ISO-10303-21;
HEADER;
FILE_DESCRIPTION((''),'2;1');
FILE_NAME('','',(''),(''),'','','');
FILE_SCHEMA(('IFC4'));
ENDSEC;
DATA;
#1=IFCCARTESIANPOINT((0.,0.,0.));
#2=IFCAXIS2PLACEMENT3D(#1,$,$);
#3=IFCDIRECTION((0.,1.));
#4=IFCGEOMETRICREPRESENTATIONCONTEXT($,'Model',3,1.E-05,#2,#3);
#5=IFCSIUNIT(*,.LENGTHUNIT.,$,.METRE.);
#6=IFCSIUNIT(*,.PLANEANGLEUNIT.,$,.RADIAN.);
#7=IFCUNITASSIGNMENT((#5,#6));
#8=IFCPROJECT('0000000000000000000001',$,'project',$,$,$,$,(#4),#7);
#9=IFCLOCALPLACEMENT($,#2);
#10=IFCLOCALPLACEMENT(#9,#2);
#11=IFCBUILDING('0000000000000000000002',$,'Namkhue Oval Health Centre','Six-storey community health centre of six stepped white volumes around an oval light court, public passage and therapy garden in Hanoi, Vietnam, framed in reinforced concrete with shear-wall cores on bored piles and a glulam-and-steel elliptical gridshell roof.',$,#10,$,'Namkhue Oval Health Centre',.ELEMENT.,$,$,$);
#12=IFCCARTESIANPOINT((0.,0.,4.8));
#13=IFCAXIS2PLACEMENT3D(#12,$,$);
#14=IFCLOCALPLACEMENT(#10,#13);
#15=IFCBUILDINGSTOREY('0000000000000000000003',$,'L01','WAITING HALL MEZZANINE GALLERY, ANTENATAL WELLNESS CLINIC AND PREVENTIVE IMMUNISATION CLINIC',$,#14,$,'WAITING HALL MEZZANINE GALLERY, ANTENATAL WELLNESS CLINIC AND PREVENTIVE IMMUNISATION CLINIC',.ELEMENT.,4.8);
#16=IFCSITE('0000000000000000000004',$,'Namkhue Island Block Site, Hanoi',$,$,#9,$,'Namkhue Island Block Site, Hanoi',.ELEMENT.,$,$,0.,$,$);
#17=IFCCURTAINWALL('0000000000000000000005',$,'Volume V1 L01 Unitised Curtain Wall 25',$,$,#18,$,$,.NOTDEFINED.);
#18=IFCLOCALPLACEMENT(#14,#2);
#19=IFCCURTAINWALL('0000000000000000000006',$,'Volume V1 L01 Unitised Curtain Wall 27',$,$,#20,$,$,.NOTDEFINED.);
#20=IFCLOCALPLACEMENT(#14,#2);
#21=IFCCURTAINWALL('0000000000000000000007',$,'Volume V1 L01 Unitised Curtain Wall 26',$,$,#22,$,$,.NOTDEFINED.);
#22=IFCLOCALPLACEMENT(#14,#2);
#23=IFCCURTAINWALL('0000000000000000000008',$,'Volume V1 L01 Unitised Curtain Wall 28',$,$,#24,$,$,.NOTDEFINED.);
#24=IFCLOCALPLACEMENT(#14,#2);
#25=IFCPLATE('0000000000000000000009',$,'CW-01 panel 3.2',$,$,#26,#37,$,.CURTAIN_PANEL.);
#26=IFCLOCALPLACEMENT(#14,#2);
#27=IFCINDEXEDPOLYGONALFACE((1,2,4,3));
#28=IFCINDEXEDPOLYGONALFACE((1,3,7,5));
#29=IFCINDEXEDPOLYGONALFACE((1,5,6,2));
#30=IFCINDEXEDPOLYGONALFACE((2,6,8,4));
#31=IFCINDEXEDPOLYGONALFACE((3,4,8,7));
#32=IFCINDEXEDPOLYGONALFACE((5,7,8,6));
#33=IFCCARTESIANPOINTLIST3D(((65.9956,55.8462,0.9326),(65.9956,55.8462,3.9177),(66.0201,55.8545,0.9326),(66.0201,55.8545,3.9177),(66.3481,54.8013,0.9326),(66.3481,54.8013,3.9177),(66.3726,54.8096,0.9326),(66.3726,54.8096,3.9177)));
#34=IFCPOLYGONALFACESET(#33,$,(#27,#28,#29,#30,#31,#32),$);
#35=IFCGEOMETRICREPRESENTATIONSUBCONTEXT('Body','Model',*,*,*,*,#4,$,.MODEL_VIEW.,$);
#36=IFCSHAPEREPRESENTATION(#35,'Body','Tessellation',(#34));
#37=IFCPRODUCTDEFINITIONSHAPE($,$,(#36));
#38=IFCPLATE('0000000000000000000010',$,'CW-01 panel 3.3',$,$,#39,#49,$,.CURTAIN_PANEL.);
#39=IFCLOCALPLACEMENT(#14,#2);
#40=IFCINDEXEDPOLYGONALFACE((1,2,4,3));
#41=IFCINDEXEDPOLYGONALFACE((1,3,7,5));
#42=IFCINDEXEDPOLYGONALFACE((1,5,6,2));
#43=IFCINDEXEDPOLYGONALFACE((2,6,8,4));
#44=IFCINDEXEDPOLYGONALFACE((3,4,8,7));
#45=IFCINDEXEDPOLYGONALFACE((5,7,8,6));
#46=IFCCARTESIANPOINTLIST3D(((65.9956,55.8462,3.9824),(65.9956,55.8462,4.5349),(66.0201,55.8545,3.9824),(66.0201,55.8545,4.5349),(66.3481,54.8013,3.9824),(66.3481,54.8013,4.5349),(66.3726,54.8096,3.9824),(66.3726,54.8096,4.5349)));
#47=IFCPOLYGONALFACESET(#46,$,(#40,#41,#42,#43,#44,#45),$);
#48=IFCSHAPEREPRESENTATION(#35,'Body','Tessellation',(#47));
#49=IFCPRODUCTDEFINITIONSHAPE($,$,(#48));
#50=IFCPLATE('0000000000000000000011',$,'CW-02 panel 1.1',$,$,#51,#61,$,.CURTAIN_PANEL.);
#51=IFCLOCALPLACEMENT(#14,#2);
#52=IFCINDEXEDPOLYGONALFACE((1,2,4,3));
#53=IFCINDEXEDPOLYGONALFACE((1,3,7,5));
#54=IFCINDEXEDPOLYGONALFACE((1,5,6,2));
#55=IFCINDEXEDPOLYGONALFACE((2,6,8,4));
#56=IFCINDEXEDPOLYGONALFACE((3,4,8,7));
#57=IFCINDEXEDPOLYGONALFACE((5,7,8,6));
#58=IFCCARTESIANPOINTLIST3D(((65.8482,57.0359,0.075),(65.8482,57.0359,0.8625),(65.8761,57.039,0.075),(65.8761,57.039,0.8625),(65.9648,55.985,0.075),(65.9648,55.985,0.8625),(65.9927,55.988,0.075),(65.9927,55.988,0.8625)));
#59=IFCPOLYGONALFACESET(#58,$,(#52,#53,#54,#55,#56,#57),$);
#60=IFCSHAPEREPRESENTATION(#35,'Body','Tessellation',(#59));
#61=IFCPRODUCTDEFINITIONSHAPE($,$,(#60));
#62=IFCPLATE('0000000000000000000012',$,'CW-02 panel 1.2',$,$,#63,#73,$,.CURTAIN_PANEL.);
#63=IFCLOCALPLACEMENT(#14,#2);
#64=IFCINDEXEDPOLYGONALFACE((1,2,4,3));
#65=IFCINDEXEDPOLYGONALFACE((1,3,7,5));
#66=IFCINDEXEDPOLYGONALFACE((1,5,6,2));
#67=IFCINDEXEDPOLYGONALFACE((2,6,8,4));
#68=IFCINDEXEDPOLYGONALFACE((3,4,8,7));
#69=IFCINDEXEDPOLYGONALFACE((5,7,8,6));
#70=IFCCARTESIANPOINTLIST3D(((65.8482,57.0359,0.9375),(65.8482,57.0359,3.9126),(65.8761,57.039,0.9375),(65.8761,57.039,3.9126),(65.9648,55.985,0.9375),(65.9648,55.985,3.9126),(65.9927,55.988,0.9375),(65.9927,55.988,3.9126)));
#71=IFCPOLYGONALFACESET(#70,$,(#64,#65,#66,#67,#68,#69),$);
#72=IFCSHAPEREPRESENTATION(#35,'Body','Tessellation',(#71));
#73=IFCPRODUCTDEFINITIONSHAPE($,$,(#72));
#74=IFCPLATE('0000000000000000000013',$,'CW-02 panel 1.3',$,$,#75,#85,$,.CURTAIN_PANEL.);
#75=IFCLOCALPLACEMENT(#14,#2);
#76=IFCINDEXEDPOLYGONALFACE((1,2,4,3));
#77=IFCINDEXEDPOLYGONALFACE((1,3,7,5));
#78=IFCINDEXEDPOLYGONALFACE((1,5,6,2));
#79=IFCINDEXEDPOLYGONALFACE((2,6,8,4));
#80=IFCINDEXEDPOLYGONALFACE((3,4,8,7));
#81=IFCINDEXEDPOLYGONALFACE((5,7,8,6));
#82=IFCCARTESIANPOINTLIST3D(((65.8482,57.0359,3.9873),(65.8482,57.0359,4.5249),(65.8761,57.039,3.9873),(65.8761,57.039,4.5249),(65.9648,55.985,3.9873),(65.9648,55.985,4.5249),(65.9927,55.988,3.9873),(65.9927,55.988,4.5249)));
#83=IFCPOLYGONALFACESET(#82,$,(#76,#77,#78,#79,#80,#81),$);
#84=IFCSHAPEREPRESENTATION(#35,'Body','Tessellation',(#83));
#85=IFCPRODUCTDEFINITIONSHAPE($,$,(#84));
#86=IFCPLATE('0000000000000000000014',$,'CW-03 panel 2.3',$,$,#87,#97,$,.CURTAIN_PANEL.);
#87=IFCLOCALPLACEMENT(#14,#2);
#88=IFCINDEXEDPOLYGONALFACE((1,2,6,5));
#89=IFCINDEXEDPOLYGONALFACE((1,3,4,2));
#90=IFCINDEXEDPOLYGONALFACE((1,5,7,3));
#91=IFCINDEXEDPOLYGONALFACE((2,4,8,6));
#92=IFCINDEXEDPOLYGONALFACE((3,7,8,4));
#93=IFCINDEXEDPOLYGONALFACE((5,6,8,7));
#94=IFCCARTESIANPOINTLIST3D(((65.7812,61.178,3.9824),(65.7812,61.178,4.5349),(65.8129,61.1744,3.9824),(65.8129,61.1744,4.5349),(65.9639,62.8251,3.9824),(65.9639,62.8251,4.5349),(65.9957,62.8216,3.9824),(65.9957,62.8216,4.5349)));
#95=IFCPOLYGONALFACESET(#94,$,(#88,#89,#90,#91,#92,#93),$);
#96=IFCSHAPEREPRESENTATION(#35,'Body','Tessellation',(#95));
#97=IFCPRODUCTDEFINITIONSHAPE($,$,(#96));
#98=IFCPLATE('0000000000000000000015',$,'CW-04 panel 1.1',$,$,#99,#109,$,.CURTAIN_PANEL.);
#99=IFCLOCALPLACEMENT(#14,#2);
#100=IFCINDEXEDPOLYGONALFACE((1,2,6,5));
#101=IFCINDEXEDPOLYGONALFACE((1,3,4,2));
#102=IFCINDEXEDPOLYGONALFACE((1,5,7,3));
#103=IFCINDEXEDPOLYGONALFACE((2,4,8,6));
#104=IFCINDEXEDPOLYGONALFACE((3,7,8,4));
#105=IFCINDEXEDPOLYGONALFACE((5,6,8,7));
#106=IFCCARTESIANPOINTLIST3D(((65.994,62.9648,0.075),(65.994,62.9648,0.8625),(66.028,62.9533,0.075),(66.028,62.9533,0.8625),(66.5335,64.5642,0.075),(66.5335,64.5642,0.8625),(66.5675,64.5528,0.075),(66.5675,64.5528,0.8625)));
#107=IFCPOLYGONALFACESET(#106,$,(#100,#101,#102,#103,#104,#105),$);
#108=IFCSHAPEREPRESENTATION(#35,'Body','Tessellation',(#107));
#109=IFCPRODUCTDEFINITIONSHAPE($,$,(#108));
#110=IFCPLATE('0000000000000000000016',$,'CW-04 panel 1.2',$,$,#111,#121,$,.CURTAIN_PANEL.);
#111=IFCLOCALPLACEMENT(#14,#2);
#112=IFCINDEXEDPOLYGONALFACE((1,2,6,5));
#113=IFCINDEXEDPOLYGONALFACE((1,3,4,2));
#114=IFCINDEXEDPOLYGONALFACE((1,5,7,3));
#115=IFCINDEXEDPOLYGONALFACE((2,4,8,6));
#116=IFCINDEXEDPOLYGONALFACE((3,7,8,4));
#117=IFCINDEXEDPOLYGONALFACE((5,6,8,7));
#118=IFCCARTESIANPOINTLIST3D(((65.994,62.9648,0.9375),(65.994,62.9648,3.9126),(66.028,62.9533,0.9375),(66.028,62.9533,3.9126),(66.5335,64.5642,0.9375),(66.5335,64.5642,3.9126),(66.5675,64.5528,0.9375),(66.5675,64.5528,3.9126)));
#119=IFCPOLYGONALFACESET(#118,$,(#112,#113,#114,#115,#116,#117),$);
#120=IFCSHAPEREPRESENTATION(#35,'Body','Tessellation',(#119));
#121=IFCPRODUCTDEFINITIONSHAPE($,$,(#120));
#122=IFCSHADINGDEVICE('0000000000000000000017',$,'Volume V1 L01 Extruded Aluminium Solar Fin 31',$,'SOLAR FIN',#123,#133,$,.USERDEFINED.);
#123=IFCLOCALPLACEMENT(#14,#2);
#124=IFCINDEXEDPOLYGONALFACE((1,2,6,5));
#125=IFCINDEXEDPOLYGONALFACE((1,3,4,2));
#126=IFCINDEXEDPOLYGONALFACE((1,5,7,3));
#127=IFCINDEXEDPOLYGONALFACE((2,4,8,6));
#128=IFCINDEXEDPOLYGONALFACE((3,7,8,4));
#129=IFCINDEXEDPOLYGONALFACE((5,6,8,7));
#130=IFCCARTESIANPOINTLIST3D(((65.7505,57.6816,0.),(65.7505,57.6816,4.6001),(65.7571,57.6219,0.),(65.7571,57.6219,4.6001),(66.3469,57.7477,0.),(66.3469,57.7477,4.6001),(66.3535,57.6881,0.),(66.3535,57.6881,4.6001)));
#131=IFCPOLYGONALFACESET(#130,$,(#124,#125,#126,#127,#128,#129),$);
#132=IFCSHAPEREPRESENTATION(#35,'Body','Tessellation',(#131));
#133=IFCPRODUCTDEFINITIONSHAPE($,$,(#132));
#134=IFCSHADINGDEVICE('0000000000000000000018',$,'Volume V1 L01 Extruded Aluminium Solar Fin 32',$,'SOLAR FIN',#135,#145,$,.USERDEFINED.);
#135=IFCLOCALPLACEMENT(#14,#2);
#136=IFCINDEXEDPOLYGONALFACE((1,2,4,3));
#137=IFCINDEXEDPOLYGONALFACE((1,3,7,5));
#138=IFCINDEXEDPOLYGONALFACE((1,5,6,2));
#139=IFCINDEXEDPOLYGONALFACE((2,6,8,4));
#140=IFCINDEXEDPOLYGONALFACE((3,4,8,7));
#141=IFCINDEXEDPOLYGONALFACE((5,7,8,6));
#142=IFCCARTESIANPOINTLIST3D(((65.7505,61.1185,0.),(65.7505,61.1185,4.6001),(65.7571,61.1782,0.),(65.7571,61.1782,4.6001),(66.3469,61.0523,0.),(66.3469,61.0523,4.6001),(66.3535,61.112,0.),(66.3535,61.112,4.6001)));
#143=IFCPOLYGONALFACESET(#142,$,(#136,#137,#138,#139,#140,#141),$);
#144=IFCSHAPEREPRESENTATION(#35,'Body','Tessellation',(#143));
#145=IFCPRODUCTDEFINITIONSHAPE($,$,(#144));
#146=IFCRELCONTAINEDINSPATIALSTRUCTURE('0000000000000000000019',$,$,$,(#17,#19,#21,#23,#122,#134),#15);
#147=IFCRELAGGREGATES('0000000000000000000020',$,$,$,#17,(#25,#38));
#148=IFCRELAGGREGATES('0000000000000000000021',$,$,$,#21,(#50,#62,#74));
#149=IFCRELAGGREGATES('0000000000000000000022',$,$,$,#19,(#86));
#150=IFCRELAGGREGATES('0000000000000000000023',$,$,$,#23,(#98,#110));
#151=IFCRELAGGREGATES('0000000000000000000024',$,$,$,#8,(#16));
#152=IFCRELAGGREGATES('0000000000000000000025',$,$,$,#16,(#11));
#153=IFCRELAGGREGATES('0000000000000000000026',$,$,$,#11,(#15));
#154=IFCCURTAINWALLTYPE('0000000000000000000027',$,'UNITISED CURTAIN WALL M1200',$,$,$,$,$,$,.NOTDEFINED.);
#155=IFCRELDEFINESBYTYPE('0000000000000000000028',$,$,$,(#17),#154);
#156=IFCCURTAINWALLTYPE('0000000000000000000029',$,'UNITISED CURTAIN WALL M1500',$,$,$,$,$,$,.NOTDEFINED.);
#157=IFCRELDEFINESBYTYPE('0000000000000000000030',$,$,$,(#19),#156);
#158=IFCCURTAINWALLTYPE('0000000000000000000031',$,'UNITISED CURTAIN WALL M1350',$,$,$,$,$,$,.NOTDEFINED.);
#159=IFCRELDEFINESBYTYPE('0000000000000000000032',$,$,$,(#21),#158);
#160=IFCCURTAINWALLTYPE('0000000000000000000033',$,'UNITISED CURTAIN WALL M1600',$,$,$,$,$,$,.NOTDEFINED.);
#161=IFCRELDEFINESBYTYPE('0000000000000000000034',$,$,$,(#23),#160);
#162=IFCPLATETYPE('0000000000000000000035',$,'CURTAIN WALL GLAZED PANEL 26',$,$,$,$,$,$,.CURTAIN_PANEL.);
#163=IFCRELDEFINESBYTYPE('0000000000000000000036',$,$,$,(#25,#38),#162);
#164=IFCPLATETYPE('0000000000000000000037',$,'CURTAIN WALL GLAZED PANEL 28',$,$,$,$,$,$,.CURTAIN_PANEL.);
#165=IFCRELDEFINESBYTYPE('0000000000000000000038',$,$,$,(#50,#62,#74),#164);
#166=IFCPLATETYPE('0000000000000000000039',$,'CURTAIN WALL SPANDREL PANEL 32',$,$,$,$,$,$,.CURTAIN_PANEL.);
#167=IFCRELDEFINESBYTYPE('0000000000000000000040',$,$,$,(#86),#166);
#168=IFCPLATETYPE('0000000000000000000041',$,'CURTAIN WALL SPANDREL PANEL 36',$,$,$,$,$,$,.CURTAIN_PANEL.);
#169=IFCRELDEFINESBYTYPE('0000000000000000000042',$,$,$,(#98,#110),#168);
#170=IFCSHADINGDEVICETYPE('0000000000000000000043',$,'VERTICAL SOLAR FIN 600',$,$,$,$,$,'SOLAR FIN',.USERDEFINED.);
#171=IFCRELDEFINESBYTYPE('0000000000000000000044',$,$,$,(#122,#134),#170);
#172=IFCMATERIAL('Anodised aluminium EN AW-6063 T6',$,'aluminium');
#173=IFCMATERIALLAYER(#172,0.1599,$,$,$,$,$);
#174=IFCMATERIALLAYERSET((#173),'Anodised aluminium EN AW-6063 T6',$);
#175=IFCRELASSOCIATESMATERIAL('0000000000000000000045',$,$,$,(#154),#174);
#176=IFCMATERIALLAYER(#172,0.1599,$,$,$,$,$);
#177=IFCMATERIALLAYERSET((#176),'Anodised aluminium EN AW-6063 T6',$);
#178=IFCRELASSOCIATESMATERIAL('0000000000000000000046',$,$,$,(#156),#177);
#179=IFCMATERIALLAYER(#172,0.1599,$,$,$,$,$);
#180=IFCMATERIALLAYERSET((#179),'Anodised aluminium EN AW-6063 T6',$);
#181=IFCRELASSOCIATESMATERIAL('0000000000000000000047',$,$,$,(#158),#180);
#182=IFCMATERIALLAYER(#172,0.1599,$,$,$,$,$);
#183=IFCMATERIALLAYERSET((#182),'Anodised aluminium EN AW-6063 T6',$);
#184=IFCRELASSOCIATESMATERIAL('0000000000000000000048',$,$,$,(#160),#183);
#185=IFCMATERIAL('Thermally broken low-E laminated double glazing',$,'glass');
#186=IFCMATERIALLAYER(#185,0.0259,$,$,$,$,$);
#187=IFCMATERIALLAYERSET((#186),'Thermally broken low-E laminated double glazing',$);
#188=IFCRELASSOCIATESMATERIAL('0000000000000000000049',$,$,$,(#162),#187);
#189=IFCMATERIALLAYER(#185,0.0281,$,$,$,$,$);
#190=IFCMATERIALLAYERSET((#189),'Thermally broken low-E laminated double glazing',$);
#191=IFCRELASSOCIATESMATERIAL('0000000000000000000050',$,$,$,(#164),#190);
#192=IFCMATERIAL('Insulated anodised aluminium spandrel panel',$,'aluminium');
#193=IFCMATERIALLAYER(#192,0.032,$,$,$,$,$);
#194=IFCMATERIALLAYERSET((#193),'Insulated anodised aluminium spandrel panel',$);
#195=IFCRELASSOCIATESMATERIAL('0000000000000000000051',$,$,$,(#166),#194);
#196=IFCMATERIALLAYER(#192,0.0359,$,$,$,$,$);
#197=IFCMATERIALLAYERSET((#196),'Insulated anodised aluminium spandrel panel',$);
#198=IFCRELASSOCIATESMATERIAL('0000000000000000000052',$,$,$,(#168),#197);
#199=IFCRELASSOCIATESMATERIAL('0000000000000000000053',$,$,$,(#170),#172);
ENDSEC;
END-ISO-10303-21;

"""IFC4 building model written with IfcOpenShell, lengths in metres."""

from ifc_helpers import new_model, si_unit, direction, frame, origin, origin_2d, place, context, subcontext, project, spatial, rectangle, extrude, material, layer, layer_set, type_object, element, aggregate, save


model = new_model("IFC4")

# Units and contexts
model_context = context("Model", 3, precision=1e-05, world=origin(), true_north=direction((0.0, 1.0)))
body_context = subcontext(model_context, "Body", "Model", "MODEL_VIEW")
ifc_project = project(units=[si_unit("LENGTHUNIT", "METRE"), si_unit("PLANEANGLEUNIT", "RADIAN")], contexts=[model_context])

# Site, building, storey
site_placement = place(None, origin())
site = spatial("IfcSite", under=ifc_project, at=site_placement, Name="Namkhue Island Block Site, Hanoi", LongName="Namkhue Island Block Site, Hanoi", CompositionType="ELEMENT", RefElevation=0.0)
building_placement = place(site_placement, origin())
building = spatial("IfcBuilding", under=site, at=building_placement, Name="Namkhue Oval Health Centre", Description="Six-storey community health centre of six stepped white volumes around an oval light court, public passage and therapy garden in Hanoi, Vietnam, framed in reinforced concrete with shear-wall cores on bored piles and a glulam-and-steel elliptical gridshell roof.", LongName="Namkhue Oval Health Centre", CompositionType="ELEMENT")
storey_placement = place(building_placement, frame((0.0, 0.0, 4.8)))
storey = spatial("IfcBuildingStorey", under=building, at=storey_placement, Name="L01", Description="WAITING HALL MEZZANINE GALLERY, ANTENATAL WELLNESS CLINIC AND PREVENTIVE IMMUNISATION CLINIC", LongName="WAITING HALL MEZZANINE GALLERY, ANTENATAL WELLNESS CLINIC AND PREVENTIVE IMMUNISATION CLINIC", CompositionType="ELEMENT", Elevation=4.8)

# Curtain walls
ifc_material_1 = material(Name="Anodised aluminium EN AW-6063 T6", Category="aluminium")
ifc_layer_1 = layer(ifc_material_1, 0.1599)
ifc_layer_set_1 = layer_set([ifc_layer_1], Name="Anodised aluminium EN AW-6063 T6")
curtain_wall_type_1 = type_object("IfcCurtainWallType", Name="UNITISED CURTAIN WALL M1200", PredefinedType="NOTDEFINED", material=ifc_layer_set_1)
curtain_wall_1_placement = place(storey_placement, origin())
curtain_wall_1 = element("IfcCurtainWall", 1, at=curtain_wall_1_placement, inside=storey, type_object=curtain_wall_type_1, Name="Volume V1 L01 Unitised Curtain Wall 25", PredefinedType="NOTDEFINED")
ifc_layer_2 = layer(ifc_material_1, 0.1599)
ifc_layer_set_2 = layer_set([ifc_layer_2], Name="Anodised aluminium EN AW-6063 T6")
curtain_wall_type_2 = type_object("IfcCurtainWallType", Name="UNITISED CURTAIN WALL M1500", PredefinedType="NOTDEFINED", material=ifc_layer_set_2)
curtain_wall_2_placement = place(storey_placement, origin())
curtain_wall_2 = element("IfcCurtainWall", 2, at=curtain_wall_2_placement, inside=storey, type_object=curtain_wall_type_2, Name="Volume V1 L01 Unitised Curtain Wall 27", PredefinedType="NOTDEFINED")
ifc_layer_3 = layer(ifc_material_1, 0.1599)
ifc_layer_set_3 = layer_set([ifc_layer_3], Name="Anodised aluminium EN AW-6063 T6")
curtain_wall_type_3 = type_object("IfcCurtainWallType", Name="UNITISED CURTAIN WALL M1350", PredefinedType="NOTDEFINED", material=ifc_layer_set_3)
curtain_wall_3_placement = place(storey_placement, origin())
curtain_wall_3 = element("IfcCurtainWall", 3, at=curtain_wall_3_placement, inside=storey, type_object=curtain_wall_type_3, Name="Volume V1 L01 Unitised Curtain Wall 26", PredefinedType="NOTDEFINED")
ifc_layer_4 = layer(ifc_material_1, 0.1599)
ifc_layer_set_4 = layer_set([ifc_layer_4], Name="Anodised aluminium EN AW-6063 T6")
curtain_wall_type_4 = type_object("IfcCurtainWallType", Name="UNITISED CURTAIN WALL M1600", PredefinedType="NOTDEFINED", material=ifc_layer_set_4)
curtain_wall_4_placement = place(storey_placement, origin())
curtain_wall_4 = element("IfcCurtainWall", 4, at=curtain_wall_4_placement, inside=storey, type_object=curtain_wall_type_4, Name="Volume V1 L01 Unitised Curtain Wall 28", PredefinedType="NOTDEFINED")

# Plates
ifc_material_2 = material(Name="Thermally broken low-E laminated double glazing", Category="glass")
ifc_layer_5 = layer(ifc_material_2, 0.0259)
ifc_layer_set_5 = layer_set([ifc_layer_5], Name="Thermally broken low-E laminated double glazing")
plate_type_1 = type_object("IfcPlateType", Name="CURTAIN WALL GLAZED PANEL 26", PredefinedType="CURTAIN_PANEL", material=ifc_layer_set_5)
plate_1_placement = place(storey_placement, frame((66.1841, 55.3279, 0.9326), z_axis=(0.0, 0.0, 1.0), x_axis=(-0.319642, 0.947539, 0.0)))
plate_1 = element("IfcPlate", 5, at=plate_1_placement, type_object=plate_type_1, Name="CW-01 panel 3.2", PredefinedType="CURTAIN_PANEL", context=body_context, shape_type="SweptSolid", body=[
    extrude(rectangle(XDim=1.1028, YDim=0.0259, at=origin_2d()), origin(), (0.0, 0.0, 1.0), 2.9851),
])
plate_2_placement = place(storey_placement, frame((66.1841, 55.3279, 3.9824), z_axis=(0.0, 0.0, 1.0), x_axis=(-0.319642, 0.947539, 0.0)))
plate_2 = element("IfcPlate", 6, at=plate_2_placement, type_object=plate_type_1, Name="CW-01 panel 3.3", PredefinedType="CURTAIN_PANEL", context=body_context, shape_type="SweptSolid", body=[
    extrude(rectangle(XDim=1.1028, YDim=0.0259, at=origin_2d()), origin(), (0.0, 0.0, 1.0), 0.5525),
])
aggregate(curtain_wall_1, [plate_1, plate_2])
ifc_layer_6 = layer(ifc_material_2, 0.0281)
ifc_layer_set_6 = layer_set([ifc_layer_6], Name="Thermally broken low-E laminated double glazing")
plate_type_2 = type_object("IfcPlateType", Name="CURTAIN WALL GLAZED PANEL 28", PredefinedType="CURTAIN_PANEL", material=ifc_layer_set_6)
plate_3_placement = place(storey_placement, frame((65.9204, 56.512, 0.075), z_axis=(0.0, 0.0, 1.0), x_axis=(-0.110275, 0.993901, 0.0)))
plate_3 = element("IfcPlate", 7, at=plate_3_placement, type_object=plate_type_2, Name="CW-02 panel 1.1", PredefinedType="CURTAIN_PANEL", context=body_context, shape_type="SweptSolid", body=[
    extrude(rectangle(XDim=1.0574, YDim=0.0281, at=origin_2d()), origin(), (0.0, 0.0, 1.0), 0.7876),
])
plate_4_placement = place(storey_placement, frame((65.9204, 56.512, 0.9375), z_axis=(0.0, 0.0, 1.0), x_axis=(-0.110275, 0.993901, 0.0)))
plate_4 = element("IfcPlate", 8, at=plate_4_placement, type_object=plate_type_2, Name="CW-02 panel 1.2", PredefinedType="CURTAIN_PANEL", context=body_context, shape_type="SweptSolid", body=[
    extrude(rectangle(XDim=1.0574, YDim=0.0281, at=origin_2d()), origin(), (0.0, 0.0, 1.0), 2.9751),
])
plate_5_placement = place(storey_placement, frame((65.9204, 56.512, 3.9873), z_axis=(0.0, 0.0, 1.0), x_axis=(-0.110275, 0.993901, 0.0)))
plate_5 = element("IfcPlate", 9, at=plate_5_placement, type_object=plate_type_2, Name="CW-02 panel 1.3", PredefinedType="CURTAIN_PANEL", context=body_context, shape_type="SweptSolid", body=[
    extrude(rectangle(XDim=1.0574, YDim=0.0281, at=origin_2d()), origin(), (0.0, 0.0, 1.0), 0.5376),
])
aggregate(curtain_wall_3, [plate_3, plate_4, plate_5])
ifc_material_3 = material(Name="Insulated anodised aluminium spandrel panel", Category="aluminium")
ifc_layer_7 = layer(ifc_material_3, 0.032)
ifc_layer_set_7 = layer_set([ifc_layer_7], Name="Insulated anodised aluminium spandrel panel")
plate_type_3 = type_object("IfcPlateType", Name="CURTAIN WALL SPANDREL PANEL 32", PredefinedType="CURTAIN_PANEL", material=ifc_layer_set_7)
plate_6_placement = place(storey_placement, frame((65.8884, 61.9998, 3.9824), z_axis=(0.0, 0.0, 1.0), x_axis=(0.110275, 0.993901, 0.0)))
plate_6 = element("IfcPlate", 10, at=plate_6_placement, type_object=plate_type_3, Name="CW-03 panel 2.3", PredefinedType="CURTAIN_PANEL", context=body_context, shape_type="SweptSolid", body=[
    extrude(rectangle(XDim=1.6572, YDim=0.032, at=origin_2d()), origin(), (0.0, 0.0, 1.0), 0.5525),
])
aggregate(curtain_wall_2, [plate_6])
ifc_layer_8 = layer(ifc_material_3, 0.0359)
ifc_layer_set_8 = layer_set([ifc_layer_8], Name="Insulated anodised aluminium spandrel panel")
plate_type_4 = type_object("IfcPlateType", Name="CURTAIN WALL SPANDREL PANEL 36", PredefinedType="CURTAIN_PANEL", material=ifc_layer_set_8)
plate_7_placement = place(storey_placement, frame((66.2808, 63.7588, 0.075), z_axis=(0.0, 0.0, 1.0), x_axis=(0.319642, 0.947539, 0.0)))
plate_7 = element("IfcPlate", 11, at=plate_7_placement, type_object=plate_type_4, Name="CW-04 panel 1.1", PredefinedType="CURTAIN_PANEL", context=body_context, shape_type="SweptSolid", body=[
    extrude(rectangle(XDim=1.688, YDim=0.0359, at=origin_2d()), origin(), (0.0, 0.0, 1.0), 0.7876),
])
plate_8_placement = place(storey_placement, frame((66.2808, 63.7588, 0.9375), z_axis=(0.0, 0.0, 1.0), x_axis=(0.319642, 0.947539, 0.0)))
plate_8 = element("IfcPlate", 12, at=plate_8_placement, type_object=plate_type_4, Name="CW-04 panel 1.2", PredefinedType="CURTAIN_PANEL", context=body_context, shape_type="SweptSolid", body=[
    extrude(rectangle(XDim=1.688, YDim=0.0359, at=origin_2d()), origin(), (0.0, 0.0, 1.0), 2.9751),
])
aggregate(curtain_wall_4, [plate_7, plate_8])

# Shading devices
shading_device_type = type_object("IfcShadingDeviceType", Name="VERTICAL SOLAR FIN 600", ElementType="SOLAR FIN", PredefinedType="USERDEFINED", material=ifc_material_1)
for number, where, z_axis, x_axis, name in (
    (13, (66.052, 57.6848, 0.0), (0.0, 0.0, 1.0), (0.993903, 0.110255, 0.0), "Volume V1 L01 Extruded Aluminium Solar Fin 31"),
    (14, (66.052, 61.1152, 0.0), (0.0, 0.0, 1.0), (0.993903, -0.110255, 0.0), "Volume V1 L01 Extruded Aluminium Solar Fin 32"),
):
    element("IfcShadingDevice", number, at=place(storey_placement, frame(where, z_axis=z_axis, x_axis=x_axis)), inside=storey, type_object=shading_device_type, Name=name, ObjectType="SOLAR FIN", PredefinedType="USERDEFINED", context=body_context, shape_type="SweptSolid", body=[
        extrude(rectangle(XDim=0.6001, YDim=0.0601, at=origin_2d()), origin(), (0.0, 0.0, 1.0), 4.6001),
    ])

save(model, "model.ifc")
